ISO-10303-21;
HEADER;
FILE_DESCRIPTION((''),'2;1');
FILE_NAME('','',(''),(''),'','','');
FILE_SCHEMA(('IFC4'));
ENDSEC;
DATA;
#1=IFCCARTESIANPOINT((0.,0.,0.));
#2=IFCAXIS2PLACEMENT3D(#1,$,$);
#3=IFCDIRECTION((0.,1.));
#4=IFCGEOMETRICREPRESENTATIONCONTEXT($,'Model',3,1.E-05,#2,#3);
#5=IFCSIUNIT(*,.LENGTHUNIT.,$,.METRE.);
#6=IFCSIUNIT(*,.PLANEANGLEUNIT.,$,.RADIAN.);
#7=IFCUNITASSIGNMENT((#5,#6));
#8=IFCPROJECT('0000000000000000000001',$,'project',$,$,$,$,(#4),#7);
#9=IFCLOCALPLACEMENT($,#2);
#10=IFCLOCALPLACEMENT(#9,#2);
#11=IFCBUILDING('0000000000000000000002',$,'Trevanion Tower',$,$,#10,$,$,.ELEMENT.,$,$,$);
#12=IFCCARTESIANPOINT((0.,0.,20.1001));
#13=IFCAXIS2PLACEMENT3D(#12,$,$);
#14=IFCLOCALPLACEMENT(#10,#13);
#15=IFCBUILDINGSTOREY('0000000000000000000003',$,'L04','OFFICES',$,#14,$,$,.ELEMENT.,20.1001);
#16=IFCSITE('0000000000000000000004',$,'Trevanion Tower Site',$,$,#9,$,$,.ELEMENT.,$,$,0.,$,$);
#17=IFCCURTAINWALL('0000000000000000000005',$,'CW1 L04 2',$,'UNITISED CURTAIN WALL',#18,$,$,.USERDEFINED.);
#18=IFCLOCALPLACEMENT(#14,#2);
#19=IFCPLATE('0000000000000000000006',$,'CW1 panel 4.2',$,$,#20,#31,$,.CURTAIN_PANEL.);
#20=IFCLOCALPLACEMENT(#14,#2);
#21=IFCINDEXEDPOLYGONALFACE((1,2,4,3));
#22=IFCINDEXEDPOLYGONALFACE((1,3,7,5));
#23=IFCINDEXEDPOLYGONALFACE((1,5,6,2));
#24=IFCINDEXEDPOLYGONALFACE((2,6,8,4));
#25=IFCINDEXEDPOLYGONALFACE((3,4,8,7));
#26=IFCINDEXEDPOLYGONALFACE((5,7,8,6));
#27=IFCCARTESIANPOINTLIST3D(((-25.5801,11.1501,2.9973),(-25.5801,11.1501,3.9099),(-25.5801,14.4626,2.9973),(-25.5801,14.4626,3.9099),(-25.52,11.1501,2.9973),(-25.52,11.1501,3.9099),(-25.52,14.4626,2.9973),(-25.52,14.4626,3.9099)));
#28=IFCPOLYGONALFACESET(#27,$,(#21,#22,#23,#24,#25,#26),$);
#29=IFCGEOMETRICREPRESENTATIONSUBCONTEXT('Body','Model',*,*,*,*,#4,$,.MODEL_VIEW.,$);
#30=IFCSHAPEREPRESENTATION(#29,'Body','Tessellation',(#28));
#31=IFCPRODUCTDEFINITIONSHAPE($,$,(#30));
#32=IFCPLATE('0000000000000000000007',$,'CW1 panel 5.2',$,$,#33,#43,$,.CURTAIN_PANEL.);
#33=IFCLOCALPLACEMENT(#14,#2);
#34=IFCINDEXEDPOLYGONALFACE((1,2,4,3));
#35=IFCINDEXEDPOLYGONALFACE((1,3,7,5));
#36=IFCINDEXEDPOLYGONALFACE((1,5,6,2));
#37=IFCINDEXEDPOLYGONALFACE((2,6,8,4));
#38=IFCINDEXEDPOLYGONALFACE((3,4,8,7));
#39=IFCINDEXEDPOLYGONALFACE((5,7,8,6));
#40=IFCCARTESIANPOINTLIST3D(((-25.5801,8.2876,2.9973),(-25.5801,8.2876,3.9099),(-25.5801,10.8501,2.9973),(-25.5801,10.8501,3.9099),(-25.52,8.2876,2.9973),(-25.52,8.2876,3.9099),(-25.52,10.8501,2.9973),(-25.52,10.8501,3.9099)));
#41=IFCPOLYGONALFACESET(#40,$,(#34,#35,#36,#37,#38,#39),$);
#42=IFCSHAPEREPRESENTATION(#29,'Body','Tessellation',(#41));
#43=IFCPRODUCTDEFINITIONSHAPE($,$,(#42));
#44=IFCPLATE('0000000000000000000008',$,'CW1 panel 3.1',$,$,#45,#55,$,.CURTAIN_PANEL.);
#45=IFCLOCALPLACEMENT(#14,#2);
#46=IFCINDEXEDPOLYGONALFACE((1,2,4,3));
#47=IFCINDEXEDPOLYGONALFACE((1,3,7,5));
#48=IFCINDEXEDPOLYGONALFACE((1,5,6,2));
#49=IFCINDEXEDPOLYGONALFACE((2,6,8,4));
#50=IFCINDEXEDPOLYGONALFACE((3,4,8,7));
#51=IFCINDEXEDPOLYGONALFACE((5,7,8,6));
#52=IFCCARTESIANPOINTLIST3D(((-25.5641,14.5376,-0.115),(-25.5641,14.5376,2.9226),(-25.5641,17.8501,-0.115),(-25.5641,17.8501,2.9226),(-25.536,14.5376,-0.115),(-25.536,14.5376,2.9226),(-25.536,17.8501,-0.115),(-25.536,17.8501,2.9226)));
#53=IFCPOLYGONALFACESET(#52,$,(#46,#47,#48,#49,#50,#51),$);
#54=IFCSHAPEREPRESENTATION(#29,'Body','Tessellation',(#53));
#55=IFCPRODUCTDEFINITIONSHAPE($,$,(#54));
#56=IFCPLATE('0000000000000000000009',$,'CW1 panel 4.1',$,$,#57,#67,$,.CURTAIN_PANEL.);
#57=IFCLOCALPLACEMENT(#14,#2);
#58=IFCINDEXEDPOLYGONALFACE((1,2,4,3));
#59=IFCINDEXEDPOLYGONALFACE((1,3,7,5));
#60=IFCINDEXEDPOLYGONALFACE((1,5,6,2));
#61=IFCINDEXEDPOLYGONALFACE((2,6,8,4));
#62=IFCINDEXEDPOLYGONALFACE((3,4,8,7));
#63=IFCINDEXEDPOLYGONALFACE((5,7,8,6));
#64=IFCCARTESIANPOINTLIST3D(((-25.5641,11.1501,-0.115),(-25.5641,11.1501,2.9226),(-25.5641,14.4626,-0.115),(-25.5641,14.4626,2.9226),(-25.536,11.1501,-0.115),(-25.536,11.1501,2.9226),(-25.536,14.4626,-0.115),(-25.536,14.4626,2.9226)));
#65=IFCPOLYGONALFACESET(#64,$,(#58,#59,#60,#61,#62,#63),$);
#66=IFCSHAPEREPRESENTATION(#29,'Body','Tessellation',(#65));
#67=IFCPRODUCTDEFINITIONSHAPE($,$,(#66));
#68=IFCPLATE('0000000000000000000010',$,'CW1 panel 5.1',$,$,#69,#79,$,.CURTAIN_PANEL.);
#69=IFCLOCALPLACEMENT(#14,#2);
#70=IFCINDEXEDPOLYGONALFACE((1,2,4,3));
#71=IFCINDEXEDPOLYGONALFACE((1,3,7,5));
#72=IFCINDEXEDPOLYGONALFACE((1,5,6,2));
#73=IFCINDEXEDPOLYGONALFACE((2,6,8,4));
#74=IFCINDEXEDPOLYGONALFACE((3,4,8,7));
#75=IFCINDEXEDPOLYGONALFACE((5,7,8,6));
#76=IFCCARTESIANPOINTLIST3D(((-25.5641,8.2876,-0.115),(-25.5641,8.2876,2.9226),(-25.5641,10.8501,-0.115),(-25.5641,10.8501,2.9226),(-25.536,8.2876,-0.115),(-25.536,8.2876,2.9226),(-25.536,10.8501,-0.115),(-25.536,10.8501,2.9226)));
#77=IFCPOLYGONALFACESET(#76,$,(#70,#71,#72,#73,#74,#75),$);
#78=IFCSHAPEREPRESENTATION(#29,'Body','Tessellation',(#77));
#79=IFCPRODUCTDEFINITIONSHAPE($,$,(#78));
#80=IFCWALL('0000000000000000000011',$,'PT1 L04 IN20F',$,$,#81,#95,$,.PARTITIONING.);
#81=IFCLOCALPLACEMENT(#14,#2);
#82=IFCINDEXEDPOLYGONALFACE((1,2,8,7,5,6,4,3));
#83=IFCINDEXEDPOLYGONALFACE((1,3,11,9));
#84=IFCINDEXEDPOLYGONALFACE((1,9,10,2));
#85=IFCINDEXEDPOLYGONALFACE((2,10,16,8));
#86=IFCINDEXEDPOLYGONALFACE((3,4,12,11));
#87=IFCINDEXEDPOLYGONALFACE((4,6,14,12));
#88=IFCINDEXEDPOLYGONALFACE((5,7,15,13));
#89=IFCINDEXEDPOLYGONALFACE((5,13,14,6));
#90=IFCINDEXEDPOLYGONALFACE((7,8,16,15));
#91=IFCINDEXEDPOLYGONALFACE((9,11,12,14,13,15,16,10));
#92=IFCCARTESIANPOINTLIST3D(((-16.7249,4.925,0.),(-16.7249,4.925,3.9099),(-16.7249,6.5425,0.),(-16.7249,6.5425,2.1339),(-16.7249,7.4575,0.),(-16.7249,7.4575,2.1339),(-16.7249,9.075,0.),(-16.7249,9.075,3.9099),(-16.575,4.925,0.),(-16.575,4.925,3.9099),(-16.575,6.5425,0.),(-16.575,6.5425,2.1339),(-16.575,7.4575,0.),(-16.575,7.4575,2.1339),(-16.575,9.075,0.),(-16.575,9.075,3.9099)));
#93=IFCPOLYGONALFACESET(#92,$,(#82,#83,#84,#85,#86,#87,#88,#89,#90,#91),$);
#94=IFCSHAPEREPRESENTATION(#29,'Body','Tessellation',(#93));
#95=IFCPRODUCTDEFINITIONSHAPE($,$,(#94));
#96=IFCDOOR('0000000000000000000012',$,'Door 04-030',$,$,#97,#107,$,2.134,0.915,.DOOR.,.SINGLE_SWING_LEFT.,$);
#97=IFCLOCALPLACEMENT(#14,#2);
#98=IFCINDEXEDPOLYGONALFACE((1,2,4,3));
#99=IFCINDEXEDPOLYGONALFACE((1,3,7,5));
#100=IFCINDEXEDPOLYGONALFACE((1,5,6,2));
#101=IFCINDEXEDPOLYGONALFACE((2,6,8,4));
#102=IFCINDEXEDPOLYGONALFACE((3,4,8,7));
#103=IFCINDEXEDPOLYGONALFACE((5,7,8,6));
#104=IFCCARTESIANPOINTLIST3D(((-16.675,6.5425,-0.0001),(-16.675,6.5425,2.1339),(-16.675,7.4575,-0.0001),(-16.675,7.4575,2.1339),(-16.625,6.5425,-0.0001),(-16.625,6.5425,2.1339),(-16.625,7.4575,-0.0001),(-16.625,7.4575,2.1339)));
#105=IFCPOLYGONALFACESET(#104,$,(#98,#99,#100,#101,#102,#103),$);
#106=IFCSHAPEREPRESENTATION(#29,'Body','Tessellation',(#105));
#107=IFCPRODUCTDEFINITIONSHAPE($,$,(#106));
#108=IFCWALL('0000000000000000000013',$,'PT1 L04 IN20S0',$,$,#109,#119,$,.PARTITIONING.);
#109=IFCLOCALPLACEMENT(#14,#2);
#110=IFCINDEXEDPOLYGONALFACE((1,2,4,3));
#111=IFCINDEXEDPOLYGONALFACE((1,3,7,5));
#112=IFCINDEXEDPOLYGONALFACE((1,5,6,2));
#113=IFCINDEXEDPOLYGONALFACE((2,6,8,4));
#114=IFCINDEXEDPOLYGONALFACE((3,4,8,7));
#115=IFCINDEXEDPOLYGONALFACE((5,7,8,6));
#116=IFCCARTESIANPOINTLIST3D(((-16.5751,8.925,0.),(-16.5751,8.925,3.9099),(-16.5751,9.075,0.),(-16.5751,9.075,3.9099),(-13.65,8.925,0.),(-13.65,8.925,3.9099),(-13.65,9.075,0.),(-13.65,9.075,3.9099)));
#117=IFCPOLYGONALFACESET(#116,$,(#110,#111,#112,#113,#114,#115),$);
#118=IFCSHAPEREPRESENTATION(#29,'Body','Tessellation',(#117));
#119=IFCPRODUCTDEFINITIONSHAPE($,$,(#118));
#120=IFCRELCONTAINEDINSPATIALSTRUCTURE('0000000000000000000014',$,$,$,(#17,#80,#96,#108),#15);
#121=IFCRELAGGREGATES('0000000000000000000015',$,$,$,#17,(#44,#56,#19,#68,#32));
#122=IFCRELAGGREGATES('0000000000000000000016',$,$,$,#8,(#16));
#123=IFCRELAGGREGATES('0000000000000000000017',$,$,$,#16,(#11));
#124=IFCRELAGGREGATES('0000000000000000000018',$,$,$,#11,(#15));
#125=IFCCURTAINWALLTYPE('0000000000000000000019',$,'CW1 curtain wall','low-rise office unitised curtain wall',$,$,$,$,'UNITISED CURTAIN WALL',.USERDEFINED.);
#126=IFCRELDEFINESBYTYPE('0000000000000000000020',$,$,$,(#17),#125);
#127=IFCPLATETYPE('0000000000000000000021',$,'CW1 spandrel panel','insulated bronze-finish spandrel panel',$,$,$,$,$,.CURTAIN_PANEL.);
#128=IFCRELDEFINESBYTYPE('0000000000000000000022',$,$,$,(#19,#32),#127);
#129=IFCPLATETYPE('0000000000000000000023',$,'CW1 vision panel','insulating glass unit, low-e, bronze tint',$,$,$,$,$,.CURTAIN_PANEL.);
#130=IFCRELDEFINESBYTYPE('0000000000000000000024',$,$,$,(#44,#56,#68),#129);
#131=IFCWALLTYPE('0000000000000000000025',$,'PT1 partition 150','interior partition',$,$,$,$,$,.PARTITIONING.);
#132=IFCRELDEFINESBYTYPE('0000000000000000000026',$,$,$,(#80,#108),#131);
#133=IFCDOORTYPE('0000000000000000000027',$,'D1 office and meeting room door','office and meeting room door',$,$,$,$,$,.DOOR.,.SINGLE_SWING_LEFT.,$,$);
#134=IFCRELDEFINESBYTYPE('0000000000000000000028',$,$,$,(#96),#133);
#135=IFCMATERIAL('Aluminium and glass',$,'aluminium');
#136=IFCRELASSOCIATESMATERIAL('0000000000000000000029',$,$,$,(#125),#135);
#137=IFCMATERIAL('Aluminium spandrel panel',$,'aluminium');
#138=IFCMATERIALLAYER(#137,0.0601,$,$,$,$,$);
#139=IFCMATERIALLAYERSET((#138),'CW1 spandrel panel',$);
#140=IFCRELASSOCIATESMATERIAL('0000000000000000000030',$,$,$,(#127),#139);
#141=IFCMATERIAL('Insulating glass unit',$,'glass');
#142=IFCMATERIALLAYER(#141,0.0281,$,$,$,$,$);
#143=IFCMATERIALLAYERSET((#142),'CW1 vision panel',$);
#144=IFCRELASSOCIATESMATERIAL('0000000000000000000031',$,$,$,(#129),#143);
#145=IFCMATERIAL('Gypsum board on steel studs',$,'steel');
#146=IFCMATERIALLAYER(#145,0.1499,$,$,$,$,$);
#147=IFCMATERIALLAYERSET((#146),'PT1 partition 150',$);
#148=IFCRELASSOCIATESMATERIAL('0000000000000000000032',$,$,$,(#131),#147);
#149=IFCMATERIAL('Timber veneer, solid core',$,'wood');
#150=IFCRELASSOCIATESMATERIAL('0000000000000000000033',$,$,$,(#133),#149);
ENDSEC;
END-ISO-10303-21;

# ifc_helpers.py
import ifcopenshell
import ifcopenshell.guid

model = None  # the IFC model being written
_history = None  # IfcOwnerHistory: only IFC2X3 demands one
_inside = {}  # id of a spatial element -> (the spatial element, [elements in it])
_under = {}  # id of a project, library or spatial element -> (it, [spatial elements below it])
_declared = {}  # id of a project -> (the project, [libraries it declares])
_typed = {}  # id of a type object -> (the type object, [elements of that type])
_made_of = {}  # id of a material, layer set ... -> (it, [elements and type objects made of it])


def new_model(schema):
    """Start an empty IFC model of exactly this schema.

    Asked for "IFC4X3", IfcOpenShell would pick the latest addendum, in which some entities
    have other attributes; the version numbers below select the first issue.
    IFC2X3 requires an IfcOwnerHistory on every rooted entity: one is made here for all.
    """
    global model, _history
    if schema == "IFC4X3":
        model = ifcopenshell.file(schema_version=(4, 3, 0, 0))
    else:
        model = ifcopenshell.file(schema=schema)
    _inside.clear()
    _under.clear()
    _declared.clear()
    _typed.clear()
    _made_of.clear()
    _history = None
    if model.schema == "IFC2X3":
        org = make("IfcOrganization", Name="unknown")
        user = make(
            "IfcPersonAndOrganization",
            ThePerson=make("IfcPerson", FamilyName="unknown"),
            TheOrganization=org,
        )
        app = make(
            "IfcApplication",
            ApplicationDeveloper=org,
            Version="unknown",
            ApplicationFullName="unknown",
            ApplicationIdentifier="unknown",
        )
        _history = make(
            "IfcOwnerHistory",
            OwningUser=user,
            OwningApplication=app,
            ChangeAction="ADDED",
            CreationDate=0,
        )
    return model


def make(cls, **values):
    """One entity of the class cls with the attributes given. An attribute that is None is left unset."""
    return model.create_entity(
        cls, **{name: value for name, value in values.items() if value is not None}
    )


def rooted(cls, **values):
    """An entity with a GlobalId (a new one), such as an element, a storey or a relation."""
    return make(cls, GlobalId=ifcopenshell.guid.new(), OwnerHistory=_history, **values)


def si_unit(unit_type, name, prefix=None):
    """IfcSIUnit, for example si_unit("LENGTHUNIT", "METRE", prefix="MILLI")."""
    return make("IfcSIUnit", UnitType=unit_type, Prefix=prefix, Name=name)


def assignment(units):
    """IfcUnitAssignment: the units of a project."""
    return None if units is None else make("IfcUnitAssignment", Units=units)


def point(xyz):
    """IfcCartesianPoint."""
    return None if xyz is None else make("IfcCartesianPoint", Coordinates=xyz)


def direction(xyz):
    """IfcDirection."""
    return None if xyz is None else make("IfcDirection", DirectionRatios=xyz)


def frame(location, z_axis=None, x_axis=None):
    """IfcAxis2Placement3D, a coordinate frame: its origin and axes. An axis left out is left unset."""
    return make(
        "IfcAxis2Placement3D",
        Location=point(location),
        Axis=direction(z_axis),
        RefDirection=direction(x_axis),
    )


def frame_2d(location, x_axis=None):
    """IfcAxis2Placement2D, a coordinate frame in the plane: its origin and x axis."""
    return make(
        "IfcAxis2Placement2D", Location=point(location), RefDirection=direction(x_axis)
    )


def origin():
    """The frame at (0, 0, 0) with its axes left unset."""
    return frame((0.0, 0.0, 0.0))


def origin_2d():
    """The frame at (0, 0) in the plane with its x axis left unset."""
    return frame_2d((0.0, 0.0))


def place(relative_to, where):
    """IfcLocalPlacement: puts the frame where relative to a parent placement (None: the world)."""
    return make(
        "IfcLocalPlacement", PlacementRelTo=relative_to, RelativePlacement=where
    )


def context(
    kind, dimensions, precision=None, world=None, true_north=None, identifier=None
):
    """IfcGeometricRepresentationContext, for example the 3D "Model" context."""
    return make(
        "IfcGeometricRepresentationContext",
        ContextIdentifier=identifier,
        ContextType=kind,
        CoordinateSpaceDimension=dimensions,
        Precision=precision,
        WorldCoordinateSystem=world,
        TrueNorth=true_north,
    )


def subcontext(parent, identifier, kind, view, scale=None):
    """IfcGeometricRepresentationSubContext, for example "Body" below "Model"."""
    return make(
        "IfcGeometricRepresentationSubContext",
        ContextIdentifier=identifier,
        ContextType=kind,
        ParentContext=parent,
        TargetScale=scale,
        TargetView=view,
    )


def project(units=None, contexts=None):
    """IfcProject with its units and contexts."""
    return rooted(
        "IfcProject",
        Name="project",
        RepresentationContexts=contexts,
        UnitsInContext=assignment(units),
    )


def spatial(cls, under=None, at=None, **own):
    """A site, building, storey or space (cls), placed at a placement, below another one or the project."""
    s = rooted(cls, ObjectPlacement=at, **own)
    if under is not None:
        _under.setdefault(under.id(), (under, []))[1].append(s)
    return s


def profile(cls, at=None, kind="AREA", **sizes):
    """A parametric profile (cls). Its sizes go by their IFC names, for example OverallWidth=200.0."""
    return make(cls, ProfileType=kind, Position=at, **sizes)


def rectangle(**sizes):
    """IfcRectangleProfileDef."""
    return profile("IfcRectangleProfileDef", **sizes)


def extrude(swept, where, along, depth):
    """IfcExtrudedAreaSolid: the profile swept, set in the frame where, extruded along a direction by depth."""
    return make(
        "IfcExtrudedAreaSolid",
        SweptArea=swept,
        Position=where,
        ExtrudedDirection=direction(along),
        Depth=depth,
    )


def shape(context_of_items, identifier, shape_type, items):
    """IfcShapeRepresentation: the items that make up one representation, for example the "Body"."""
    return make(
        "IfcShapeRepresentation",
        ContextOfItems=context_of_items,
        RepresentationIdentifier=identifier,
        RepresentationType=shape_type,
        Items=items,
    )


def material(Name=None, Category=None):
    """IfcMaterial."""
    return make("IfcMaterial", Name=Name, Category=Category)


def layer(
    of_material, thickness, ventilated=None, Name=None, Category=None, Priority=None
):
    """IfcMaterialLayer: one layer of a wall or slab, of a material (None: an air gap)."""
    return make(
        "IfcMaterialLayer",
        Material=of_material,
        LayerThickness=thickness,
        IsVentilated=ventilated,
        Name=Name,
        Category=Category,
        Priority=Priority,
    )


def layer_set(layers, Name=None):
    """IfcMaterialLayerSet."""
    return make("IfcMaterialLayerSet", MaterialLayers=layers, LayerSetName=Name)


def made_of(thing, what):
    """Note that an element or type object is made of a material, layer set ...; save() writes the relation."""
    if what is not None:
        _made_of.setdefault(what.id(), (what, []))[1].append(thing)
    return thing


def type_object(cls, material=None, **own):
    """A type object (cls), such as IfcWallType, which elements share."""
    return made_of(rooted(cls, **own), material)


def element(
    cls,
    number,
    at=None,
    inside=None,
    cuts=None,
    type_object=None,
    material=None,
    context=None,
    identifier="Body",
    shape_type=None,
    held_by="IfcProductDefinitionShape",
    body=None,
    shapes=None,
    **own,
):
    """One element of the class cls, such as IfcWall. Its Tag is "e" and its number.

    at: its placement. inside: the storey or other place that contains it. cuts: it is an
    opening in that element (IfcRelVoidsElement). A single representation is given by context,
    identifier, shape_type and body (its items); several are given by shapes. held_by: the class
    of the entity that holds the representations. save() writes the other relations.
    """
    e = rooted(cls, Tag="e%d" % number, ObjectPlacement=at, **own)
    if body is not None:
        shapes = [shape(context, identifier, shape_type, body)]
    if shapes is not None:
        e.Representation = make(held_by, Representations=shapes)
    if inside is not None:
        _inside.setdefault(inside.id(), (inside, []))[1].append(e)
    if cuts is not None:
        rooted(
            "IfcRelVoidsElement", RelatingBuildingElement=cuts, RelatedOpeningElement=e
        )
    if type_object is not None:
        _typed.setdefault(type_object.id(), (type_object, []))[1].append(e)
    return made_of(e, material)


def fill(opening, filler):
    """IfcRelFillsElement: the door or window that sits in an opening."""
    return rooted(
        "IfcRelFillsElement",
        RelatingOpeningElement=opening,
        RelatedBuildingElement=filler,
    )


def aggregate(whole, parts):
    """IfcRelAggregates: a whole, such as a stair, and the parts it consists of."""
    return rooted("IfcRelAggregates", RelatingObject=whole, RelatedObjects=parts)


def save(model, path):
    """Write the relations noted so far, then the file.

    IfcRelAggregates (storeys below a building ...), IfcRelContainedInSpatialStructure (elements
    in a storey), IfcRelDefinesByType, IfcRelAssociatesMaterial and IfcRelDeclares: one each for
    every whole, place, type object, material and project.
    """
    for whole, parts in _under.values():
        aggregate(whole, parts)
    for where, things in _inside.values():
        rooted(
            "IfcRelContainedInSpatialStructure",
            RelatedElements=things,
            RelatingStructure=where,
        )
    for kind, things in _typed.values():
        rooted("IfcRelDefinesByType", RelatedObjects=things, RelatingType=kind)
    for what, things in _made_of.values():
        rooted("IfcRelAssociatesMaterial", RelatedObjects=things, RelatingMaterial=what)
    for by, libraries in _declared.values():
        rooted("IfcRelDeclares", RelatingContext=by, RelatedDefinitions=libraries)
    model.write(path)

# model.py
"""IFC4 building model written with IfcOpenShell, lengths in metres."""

from ifc_helpers import new_model, si_unit, direction, frame, frame_2d, origin, origin_2d, place, context, subcontext, project, spatial, rectangle, extrude, material, layer, layer_set, type_object, element, fill, aggregate, save


model = new_model("IFC4")

# Units and contexts
model_context = context("Model", 3, precision=1e-05, world=origin(), true_north=direction((0.0, 1.0)))
body_context = subcontext(model_context, "Body", "Model", "MODEL_VIEW")
ifc_project = project(units=[si_unit("LENGTHUNIT", "METRE"), si_unit("PLANEANGLEUNIT", "RADIAN")], contexts=[model_context])

# Site, building, storey
site_placement = place(None, origin())
site = spatial("IfcSite", under=ifc_project, at=site_placement, Name="Trevanion Tower Site", CompositionType="ELEMENT", RefElevation=0.0)
building_placement = place(site_placement, origin())
building = spatial("IfcBuilding", under=site, at=building_placement, Name="Trevanion Tower", CompositionType="ELEMENT")
storey_placement = place(building_placement, frame((0.0, 0.0, 20.1001)))
storey = spatial("IfcBuildingStorey", under=building, at=storey_placement, Name="L04", Description="OFFICES", CompositionType="ELEMENT", Elevation=20.1001)

# Curtain wall
ifc_material_1 = material(Name="Aluminium and glass", Category="aluminium")
curtain_wall_type = type_object("IfcCurtainWallType", Name="CW1 curtain wall", Description="low-rise office unitised curtain wall", ElementType="UNITISED CURTAIN WALL", PredefinedType="USERDEFINED", material=ifc_material_1)
curtain_wall_placement = place(storey_placement, origin())
curtain_wall = element("IfcCurtainWall", 1, at=curtain_wall_placement, inside=storey, type_object=curtain_wall_type, Name="CW1 L04 2", ObjectType="UNITISED CURTAIN WALL", PredefinedType="USERDEFINED")

# Plates
ifc_material_2 = material(Name="Aluminium spandrel panel", Category="aluminium")
ifc_layer_1 = layer(ifc_material_2, 0.0601)
ifc_layer_set_1 = layer_set([ifc_layer_1], Name="CW1 spandrel panel")
plate_type_1 = type_object("IfcPlateType", Name="CW1 spandrel panel", Description="insulated bronze-finish spandrel panel", PredefinedType="CURTAIN_PANEL", material=ifc_layer_set_1)
plate_1_placement = place(storey_placement, frame((-25.55, 12.8064, 2.9973), z_axis=(0.0, 0.0, 1.0), x_axis=(0.0, -1.0, 0.0)))
plate_1 = element("IfcPlate", 2, at=plate_1_placement, type_object=plate_type_1, Name="CW1 panel 4.2", PredefinedType="CURTAIN_PANEL", context=body_context, shape_type="SweptSolid", body=[
    extrude(rectangle(XDim=3.3125, YDim=0.0601, at=origin_2d()), origin(), (0.0, 0.0, 1.0), 0.9126),
])
plate_2_placement = place(storey_placement, frame((-25.55, 9.5688, 2.9973), z_axis=(0.0, 0.0, 1.0), x_axis=(0.0, -1.0, 0.0)))
plate_2 = element("IfcPlate", 3, at=plate_2_placement, type_object=plate_type_1, Name="CW1 panel 5.2", PredefinedType="CURTAIN_PANEL", context=body_context, shape_type="SweptSolid", body=[
    extrude(rectangle(XDim=2.5625, YDim=0.0601, at=origin_2d()), origin(), (0.0, 0.0, 1.0), 0.9126),
])
ifc_material_3 = material(Name="Insulating glass unit", Category="glass")
ifc_layer_2 = layer(ifc_material_3, 0.0281)
ifc_layer_set_2 = layer_set([ifc_layer_2], Name="CW1 vision panel")
plate_type_2 = type_object("IfcPlateType", Name="CW1 vision panel", Description="insulating glass unit, low-e, bronze tint", PredefinedType="CURTAIN_PANEL", material=ifc_layer_set_2)
plate_3_placement = place(storey_placement, frame((-25.55, 16.1938, -0.115), z_axis=(0.0, 0.0, 1.0), x_axis=(0.0, -1.0, 0.0)))
plate_3 = element("IfcPlate", 4, at=plate_3_placement, type_object=plate_type_2, Name="CW1 panel 3.1", PredefinedType="CURTAIN_PANEL", context=body_context, shape_type="SweptSolid", body=[
    extrude(rectangle(XDim=3.3125, YDim=0.0281, at=origin_2d()), origin(), (0.0, 0.0, 1.0), 3.0376),
])
plate_4_placement = place(storey_placement, frame((-25.55, 12.8064, -0.115), z_axis=(0.0, 0.0, 1.0), x_axis=(0.0, -1.0, 0.0)))
plate_4 = element("IfcPlate", 5, at=plate_4_placement, type_object=plate_type_2, Name="CW1 panel 4.1", PredefinedType="CURTAIN_PANEL", context=body_context, shape_type="SweptSolid", body=[
    extrude(rectangle(XDim=3.3125, YDim=0.0281, at=origin_2d()), origin(), (0.0, 0.0, 1.0), 3.0376),
])
plate_5_placement = place(storey_placement, frame((-25.55, 9.5688, -0.115), z_axis=(0.0, 0.0, 1.0), x_axis=(0.0, -1.0, 0.0)))
plate_5 = element("IfcPlate", 6, at=plate_5_placement, type_object=plate_type_2, Name="CW1 panel 5.1", PredefinedType="CURTAIN_PANEL", context=body_context, shape_type="SweptSolid", body=[
    extrude(rectangle(XDim=2.5625, YDim=0.0281, at=origin_2d()), origin(), (0.0, 0.0, 1.0), 3.0376),
])
aggregate(curtain_wall, [plate_3, plate_4, plate_1, plate_5, plate_2])

# Wall, opening, door
ifc_material_4 = material(Name="Gypsum board on steel studs", Category="steel")
ifc_layer_3 = layer(ifc_material_4, 0.1499)
ifc_layer_set_3 = layer_set([ifc_layer_3], Name="PT1 partition 150")
wall_type = type_object("IfcWallType", Name="PT1 partition 150", Description="interior partition", PredefinedType="PARTITIONING", material=ifc_layer_set_3)
wall_1_placement = place(storey_placement, frame((-16.6499, 9.075, 0.0), z_axis=(0.0, 0.0, 1.0), x_axis=(0.0, -1.0, 0.0)))
wall_1 = element("IfcWall", 7, at=wall_1_placement, inside=storey, type_object=wall_type, Name="PT1 L04 IN20F", PredefinedType="PARTITIONING", context=body_context, shape_type="SweptSolid", body=[
    extrude(rectangle(XDim=4.1499, YDim=0.1499, at=frame_2d((2.075, 0.0))), origin(), (0.0, 0.0, 1.0), 3.9099),
])
opening_placement = place(wall_1_placement, frame((1.6174, 0.0, 0.0)))
opening = element("IfcOpeningElement", 8, at=opening_placement, cuts=wall_1, PredefinedType="OPENING", context=body_context, shape_type="SweptSolid", body=[
    extrude(rectangle(XDim=0.915, YDim=2.134, at=frame_2d((0.4575, 1.0669))), frame((0.0, 0.085, 0.0), z_axis=(0.0, -1.0, 0.0), x_axis=(1.0, 0.0, 0.0)), (0.0, 0.0, 1.0), 0.1699),
])
ifc_material_5 = material(Name="Timber veneer, solid core", Category="wood")
door_type = type_object("IfcDoorType", Name="D1 office and meeting room door", Description="office and meeting room door", OperationType="SINGLE_SWING_LEFT", PredefinedType="DOOR", material=ifc_material_5)
door_placement = place(opening_placement, origin())
door = element("IfcDoor", 9, at=door_placement, inside=storey, type_object=door_type, Name="Door 04-030", OperationType="SINGLE_SWING_LEFT", OverallHeight=2.134, OverallWidth=0.915, PredefinedType="DOOR", context=body_context, shape_type="SweptSolid", body=[
    extrude(rectangle(XDim=0.915, YDim=2.134, at=frame_2d((0.4575, 1.0669))), frame((0.0, 0.0249, 0.0), z_axis=(0.0, -1.0, 0.0), x_axis=(1.0, 0.0, 0.0)), (0.0, 0.0, 1.0), 0.05),
])
fill(opening, door)

# Wall
wall_2_placement = place(storey_placement, frame((-16.575, 9.0, 0.0), z_axis=(0.0, 0.0, 1.0), x_axis=(1.0, 0.0, 0.0)))
element("IfcWall", 10, at=wall_2_placement, inside=storey, type_object=wall_type, Name="PT1 L04 IN20S0", PredefinedType="PARTITIONING", context=body_context, shape_type="SweptSolid", body=[
    extrude(rectangle(XDim=2.925, YDim=0.1499, at=frame_2d((1.4624, 0.0))), origin(), (0.0, 0.0, 1.0), 3.9099),
])

save(model, "model.ifc")
